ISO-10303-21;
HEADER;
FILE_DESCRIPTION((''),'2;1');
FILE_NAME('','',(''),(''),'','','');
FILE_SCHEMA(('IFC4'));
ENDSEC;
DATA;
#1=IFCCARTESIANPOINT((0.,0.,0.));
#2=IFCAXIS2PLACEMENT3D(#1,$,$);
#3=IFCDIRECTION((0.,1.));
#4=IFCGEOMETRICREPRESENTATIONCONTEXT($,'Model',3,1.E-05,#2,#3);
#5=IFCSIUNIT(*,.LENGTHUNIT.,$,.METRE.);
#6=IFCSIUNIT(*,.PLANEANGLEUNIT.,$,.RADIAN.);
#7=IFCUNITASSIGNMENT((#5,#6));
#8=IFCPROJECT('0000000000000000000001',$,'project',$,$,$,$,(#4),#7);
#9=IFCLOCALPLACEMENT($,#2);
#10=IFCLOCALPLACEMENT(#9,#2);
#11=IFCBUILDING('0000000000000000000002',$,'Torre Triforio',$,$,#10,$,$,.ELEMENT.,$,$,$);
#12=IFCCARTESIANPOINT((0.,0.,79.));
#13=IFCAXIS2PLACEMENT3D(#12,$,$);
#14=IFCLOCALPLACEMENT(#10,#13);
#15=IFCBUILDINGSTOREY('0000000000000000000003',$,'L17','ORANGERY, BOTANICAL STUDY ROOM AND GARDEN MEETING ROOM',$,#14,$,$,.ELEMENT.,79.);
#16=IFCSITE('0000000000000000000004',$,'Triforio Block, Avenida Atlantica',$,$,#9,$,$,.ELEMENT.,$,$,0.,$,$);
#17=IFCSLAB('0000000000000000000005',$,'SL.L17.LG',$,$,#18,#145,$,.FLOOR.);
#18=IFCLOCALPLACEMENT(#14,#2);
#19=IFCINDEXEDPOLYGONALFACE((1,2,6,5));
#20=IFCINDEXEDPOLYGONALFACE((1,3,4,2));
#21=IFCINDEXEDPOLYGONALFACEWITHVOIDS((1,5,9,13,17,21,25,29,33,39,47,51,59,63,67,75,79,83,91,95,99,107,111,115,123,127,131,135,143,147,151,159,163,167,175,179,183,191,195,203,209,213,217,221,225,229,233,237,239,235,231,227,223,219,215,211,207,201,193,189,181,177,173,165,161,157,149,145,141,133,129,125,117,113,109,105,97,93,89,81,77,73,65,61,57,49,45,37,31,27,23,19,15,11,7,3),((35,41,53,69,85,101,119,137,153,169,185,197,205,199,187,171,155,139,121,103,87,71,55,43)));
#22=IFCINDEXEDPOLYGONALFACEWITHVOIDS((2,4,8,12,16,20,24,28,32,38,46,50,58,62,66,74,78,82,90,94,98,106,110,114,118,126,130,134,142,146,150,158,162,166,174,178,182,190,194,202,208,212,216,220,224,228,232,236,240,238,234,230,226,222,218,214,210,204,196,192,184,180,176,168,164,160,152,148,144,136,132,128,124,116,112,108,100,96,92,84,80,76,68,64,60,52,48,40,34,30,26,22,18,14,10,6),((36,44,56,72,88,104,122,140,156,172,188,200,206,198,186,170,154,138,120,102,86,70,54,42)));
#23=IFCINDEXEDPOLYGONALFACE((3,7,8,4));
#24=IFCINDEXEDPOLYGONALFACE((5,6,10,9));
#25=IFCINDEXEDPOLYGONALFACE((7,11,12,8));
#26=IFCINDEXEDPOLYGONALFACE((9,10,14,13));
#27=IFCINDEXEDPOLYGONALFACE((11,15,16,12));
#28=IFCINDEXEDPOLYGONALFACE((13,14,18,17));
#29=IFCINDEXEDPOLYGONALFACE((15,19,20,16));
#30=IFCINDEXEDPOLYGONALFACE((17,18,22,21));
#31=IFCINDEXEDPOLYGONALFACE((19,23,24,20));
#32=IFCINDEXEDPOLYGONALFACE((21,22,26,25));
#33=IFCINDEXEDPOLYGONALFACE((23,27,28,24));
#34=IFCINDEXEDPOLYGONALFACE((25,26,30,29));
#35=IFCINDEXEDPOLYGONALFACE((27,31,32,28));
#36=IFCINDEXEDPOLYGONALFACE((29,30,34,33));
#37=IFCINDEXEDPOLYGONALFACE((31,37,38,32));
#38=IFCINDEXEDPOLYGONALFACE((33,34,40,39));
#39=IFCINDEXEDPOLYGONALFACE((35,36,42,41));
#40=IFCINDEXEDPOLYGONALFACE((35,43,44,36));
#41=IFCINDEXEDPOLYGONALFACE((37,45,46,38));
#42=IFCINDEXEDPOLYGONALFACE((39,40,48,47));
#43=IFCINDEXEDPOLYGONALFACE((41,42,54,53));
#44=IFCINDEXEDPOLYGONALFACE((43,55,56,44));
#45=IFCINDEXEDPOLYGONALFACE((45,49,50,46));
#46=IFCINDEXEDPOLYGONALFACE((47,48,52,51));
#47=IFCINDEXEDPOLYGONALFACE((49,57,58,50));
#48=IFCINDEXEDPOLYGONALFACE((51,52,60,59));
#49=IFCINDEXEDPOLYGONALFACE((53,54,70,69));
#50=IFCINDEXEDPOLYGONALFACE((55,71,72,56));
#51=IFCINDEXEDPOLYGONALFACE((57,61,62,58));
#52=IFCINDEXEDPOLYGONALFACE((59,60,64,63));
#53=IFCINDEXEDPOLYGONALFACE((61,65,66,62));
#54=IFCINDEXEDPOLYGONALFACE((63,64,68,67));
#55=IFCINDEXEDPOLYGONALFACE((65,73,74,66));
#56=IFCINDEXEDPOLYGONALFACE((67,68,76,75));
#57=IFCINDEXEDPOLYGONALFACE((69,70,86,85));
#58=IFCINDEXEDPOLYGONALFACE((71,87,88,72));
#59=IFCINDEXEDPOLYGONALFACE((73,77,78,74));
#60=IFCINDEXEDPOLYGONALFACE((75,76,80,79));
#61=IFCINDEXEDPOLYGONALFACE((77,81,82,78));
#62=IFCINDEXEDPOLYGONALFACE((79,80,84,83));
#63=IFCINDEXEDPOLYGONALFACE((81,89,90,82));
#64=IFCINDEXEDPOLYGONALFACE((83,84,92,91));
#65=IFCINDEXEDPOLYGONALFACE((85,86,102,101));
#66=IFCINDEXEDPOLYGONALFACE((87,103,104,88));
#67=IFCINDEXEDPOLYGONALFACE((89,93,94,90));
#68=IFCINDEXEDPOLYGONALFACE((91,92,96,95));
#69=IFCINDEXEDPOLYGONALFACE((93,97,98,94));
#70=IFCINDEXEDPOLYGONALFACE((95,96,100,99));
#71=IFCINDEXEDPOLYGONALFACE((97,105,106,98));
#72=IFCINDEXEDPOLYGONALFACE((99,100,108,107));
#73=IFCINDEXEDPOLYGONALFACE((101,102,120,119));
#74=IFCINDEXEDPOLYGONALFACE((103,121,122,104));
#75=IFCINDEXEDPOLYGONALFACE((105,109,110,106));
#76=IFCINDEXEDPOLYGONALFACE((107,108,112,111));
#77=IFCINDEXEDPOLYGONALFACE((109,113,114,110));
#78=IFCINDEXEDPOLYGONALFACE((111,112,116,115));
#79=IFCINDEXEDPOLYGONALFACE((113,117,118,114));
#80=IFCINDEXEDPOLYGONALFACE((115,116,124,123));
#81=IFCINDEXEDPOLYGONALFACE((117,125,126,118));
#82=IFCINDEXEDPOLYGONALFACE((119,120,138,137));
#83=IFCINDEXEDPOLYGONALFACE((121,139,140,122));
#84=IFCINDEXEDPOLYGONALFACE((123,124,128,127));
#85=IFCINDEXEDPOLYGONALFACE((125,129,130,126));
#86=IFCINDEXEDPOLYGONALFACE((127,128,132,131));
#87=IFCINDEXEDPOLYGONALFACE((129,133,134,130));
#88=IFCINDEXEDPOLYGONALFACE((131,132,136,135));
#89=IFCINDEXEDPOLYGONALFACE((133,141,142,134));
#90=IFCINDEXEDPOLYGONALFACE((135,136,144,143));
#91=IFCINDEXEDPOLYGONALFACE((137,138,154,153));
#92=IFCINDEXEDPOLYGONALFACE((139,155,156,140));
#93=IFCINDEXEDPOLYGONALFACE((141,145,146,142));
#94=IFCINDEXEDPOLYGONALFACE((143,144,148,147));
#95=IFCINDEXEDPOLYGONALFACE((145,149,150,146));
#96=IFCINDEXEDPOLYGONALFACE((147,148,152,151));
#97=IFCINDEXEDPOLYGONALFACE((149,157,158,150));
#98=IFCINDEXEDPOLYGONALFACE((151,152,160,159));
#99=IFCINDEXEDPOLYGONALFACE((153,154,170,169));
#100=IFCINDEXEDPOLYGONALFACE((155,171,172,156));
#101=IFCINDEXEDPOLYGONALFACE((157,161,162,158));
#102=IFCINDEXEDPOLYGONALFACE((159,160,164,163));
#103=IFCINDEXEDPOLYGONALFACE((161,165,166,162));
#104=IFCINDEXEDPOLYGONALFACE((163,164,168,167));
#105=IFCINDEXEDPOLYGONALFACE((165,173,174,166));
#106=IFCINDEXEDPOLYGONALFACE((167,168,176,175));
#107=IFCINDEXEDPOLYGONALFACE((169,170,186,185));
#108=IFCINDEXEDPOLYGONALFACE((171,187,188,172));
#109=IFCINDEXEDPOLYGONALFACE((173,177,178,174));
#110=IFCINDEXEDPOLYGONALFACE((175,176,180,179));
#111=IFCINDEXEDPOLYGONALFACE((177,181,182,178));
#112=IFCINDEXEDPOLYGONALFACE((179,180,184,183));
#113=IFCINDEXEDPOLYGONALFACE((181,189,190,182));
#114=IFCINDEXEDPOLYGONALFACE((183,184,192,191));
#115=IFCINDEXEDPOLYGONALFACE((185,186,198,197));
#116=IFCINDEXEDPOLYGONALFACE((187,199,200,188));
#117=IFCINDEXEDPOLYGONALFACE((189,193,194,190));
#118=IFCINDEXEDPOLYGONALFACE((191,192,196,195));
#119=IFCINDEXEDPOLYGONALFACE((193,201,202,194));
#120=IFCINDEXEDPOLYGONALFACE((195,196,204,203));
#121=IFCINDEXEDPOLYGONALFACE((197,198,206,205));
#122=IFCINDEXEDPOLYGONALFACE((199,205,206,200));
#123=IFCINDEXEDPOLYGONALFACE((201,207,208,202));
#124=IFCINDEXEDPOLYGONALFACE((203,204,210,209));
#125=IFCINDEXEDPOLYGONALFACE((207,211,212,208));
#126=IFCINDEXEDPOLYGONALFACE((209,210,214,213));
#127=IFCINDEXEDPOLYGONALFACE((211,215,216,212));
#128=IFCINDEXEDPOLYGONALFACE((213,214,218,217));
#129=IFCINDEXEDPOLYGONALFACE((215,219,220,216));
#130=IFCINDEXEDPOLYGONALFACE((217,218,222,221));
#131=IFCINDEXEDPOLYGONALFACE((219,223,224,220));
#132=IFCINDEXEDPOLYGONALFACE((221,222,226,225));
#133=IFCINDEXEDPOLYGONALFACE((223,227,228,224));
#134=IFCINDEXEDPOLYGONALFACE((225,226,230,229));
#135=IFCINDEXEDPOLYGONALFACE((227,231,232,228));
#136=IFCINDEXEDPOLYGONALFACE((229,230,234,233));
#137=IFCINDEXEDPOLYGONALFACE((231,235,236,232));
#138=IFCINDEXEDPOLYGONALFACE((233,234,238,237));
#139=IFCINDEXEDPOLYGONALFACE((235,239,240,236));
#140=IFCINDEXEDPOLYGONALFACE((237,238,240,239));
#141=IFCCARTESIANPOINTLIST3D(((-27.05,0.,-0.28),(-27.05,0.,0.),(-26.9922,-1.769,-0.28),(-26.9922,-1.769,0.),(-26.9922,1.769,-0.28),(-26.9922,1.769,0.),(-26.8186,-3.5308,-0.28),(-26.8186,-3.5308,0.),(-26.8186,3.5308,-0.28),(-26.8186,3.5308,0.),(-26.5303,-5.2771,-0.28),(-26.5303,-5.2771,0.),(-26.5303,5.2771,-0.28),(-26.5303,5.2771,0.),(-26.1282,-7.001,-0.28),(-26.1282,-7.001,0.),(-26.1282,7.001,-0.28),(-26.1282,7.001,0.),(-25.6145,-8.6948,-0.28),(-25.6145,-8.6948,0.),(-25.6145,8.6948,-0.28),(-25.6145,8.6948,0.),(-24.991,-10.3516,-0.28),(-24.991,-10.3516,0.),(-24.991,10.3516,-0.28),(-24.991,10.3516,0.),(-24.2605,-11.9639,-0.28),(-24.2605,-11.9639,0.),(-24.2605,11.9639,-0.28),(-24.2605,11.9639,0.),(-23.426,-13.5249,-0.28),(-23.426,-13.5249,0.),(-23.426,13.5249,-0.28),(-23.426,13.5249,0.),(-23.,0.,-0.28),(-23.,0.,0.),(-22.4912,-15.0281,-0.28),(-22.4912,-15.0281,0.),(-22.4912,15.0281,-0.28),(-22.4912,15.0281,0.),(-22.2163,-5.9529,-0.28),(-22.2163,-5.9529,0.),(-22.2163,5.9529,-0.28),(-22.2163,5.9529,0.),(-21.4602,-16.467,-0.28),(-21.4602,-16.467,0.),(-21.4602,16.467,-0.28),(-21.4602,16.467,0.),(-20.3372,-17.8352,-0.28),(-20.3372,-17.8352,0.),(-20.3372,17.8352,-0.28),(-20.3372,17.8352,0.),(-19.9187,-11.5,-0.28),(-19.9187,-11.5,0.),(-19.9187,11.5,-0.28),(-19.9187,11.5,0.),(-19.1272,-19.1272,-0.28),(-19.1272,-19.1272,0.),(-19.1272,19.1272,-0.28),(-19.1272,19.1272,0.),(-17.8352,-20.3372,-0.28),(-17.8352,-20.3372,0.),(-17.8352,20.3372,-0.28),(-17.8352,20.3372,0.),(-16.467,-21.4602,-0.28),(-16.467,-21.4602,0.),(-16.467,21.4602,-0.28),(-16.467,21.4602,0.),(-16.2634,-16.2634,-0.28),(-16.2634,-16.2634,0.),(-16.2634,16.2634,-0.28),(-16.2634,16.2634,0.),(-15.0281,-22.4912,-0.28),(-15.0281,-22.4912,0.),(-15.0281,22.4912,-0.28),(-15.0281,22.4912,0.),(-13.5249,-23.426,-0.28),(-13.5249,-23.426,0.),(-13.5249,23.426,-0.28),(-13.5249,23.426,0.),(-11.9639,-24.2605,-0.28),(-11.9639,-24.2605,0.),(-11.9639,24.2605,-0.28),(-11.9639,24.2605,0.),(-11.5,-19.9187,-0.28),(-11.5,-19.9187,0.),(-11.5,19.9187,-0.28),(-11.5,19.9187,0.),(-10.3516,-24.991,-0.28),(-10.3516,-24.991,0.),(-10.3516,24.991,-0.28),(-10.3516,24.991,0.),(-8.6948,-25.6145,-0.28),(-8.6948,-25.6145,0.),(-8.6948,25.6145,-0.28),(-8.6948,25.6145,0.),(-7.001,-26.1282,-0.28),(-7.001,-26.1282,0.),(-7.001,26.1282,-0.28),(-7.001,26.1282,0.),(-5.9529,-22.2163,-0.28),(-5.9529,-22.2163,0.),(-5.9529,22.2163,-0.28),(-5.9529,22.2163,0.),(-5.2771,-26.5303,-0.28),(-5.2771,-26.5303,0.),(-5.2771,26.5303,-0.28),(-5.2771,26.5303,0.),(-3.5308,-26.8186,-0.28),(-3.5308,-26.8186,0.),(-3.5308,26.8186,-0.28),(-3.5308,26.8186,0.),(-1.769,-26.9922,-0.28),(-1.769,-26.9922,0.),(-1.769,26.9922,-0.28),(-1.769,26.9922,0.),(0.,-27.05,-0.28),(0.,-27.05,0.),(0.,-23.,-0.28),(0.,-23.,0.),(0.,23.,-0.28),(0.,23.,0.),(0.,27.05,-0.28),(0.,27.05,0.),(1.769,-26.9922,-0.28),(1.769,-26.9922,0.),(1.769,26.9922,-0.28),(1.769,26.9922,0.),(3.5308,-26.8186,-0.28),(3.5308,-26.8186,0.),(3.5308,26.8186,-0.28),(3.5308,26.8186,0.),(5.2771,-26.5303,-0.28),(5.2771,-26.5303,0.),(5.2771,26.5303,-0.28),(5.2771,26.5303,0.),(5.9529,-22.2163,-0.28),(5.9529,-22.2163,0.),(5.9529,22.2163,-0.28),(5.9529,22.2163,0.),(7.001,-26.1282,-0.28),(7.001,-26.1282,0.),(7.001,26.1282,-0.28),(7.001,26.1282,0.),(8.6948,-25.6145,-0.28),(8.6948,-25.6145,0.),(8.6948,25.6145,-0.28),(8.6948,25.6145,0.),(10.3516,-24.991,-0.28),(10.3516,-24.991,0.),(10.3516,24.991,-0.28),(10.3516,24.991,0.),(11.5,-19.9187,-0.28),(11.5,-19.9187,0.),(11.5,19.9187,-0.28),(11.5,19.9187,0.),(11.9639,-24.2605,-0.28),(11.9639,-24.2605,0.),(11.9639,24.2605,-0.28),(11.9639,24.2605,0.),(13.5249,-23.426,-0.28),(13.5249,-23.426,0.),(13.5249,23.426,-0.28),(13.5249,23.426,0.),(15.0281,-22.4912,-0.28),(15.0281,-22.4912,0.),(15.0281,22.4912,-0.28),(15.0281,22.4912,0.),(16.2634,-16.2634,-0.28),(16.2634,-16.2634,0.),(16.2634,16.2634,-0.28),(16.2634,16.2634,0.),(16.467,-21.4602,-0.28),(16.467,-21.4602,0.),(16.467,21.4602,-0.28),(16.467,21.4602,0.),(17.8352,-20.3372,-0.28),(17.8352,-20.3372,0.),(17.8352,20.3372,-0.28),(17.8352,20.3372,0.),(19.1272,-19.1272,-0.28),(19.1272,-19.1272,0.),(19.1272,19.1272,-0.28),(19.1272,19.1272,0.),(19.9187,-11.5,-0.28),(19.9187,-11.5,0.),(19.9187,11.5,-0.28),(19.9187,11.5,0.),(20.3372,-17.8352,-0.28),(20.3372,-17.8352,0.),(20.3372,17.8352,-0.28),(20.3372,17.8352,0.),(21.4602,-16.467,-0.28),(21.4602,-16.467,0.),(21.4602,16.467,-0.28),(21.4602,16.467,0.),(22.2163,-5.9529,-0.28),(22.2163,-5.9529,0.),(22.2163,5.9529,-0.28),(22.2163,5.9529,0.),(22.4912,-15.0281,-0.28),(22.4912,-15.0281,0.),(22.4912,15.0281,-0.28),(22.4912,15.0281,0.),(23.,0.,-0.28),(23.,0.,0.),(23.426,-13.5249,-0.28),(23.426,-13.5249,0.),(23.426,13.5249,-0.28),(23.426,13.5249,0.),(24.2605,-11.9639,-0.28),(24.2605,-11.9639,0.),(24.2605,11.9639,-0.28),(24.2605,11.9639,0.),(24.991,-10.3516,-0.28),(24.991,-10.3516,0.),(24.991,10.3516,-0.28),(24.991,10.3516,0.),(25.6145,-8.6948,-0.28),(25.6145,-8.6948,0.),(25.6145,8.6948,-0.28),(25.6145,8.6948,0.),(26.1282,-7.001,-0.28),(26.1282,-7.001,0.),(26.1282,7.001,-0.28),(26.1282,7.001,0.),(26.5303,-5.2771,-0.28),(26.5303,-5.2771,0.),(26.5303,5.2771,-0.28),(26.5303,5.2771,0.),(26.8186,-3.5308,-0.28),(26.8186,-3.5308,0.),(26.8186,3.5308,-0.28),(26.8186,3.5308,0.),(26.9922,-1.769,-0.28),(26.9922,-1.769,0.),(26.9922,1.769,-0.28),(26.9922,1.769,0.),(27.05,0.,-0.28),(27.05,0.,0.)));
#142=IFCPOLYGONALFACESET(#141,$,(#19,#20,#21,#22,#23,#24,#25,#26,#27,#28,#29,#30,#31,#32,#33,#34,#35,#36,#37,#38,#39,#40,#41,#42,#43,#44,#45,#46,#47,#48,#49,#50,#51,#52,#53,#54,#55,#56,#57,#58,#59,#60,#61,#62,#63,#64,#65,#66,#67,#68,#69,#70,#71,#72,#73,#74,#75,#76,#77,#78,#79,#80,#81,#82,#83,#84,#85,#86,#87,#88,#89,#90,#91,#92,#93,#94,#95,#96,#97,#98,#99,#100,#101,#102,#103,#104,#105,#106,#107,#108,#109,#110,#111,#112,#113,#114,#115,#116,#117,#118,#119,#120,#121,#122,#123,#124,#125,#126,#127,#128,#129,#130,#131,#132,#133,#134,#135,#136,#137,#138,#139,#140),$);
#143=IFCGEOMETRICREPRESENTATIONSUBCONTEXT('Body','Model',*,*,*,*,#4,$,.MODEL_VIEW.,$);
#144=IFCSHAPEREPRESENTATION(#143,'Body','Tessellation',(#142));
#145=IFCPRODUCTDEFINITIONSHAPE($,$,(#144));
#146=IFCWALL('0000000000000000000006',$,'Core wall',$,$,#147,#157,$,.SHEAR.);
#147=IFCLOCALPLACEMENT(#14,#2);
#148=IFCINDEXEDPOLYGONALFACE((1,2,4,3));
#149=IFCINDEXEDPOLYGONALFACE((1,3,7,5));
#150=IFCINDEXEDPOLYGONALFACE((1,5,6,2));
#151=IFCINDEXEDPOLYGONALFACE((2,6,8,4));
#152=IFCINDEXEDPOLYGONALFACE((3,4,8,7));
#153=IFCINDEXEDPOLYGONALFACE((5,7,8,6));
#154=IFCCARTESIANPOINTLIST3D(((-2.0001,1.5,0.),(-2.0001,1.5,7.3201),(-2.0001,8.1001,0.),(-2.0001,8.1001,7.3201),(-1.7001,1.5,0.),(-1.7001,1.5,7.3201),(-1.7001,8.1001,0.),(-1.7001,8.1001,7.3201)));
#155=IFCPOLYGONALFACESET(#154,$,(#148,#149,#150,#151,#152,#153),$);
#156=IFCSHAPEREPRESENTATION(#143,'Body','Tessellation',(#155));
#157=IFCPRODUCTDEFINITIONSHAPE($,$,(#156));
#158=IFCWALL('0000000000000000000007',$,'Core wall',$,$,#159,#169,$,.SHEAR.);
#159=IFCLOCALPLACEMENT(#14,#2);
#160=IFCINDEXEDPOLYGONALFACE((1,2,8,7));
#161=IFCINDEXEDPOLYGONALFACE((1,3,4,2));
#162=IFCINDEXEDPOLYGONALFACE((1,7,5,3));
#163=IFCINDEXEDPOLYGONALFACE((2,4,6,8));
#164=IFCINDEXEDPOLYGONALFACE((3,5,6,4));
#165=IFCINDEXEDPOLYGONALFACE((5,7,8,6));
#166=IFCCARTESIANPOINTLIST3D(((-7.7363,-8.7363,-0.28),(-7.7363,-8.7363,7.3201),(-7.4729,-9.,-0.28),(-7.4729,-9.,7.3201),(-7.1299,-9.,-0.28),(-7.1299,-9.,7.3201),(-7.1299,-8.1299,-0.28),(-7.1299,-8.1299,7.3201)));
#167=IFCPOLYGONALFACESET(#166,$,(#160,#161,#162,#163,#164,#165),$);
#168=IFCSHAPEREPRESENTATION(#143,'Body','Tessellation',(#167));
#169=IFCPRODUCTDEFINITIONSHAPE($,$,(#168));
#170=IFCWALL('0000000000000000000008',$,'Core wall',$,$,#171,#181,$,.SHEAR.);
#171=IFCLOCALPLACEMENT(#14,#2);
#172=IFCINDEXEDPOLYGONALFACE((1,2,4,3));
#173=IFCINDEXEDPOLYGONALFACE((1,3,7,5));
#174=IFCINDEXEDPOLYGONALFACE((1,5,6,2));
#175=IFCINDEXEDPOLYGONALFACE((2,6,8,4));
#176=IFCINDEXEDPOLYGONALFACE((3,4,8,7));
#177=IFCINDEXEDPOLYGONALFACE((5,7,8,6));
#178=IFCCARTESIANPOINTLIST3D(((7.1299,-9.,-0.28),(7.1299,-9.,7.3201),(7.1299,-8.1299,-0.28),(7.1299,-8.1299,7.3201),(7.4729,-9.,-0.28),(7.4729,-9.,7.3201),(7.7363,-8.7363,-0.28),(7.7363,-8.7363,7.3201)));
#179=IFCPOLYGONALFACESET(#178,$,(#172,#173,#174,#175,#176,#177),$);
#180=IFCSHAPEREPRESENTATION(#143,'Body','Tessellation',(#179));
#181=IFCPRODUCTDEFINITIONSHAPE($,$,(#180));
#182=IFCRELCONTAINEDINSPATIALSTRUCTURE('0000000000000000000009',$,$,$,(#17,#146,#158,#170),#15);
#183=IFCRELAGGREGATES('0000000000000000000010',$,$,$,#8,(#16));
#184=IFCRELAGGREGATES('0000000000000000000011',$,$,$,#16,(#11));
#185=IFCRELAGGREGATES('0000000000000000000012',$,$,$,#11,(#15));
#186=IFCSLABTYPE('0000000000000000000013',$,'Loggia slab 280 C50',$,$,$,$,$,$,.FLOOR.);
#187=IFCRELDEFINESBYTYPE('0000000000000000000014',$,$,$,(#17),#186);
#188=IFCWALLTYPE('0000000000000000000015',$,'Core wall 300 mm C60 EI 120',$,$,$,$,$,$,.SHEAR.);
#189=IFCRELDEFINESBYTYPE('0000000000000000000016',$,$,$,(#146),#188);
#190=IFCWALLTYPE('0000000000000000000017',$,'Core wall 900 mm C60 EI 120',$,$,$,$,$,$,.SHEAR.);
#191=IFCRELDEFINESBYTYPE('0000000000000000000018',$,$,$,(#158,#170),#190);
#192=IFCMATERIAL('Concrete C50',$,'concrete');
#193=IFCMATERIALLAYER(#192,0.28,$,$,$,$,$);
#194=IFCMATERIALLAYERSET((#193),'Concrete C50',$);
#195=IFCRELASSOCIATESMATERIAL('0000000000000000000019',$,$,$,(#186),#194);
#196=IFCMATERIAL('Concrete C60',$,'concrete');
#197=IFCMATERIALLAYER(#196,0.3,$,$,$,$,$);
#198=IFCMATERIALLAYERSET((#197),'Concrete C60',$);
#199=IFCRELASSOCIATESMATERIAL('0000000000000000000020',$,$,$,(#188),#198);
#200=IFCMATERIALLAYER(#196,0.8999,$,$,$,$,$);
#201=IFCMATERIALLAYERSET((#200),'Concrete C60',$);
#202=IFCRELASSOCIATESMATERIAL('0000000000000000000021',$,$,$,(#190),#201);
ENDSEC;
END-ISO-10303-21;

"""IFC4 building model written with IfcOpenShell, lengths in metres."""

from ifc_helpers import new_model, si_unit, direction, frame, frame_2d, origin, place, context, subcontext, project, spatial, polyline, rectangle, outline, extrude, material, layer, layer_set, type_object, element, save


model = new_model("IFC4")

# Units and contexts
model_context = context("Model", 3, precision=1e-05, world=origin(), true_north=direction((0.0, 1.0)))
body_context = subcontext(model_context, "Body", "Model", "MODEL_VIEW")
ifc_project = project(units=[si_unit("LENGTHUNIT", "METRE"), si_unit("PLANEANGLEUNIT", "RADIAN")], contexts=[model_context])

# Site, building, storey
site_placement = place(None, origin())
site = spatial("IfcSite", under=ifc_project, at=site_placement, Name="Triforio Block, Avenida Atlantica", CompositionType="ELEMENT", RefElevation=0.0)
building_placement = place(site_placement, origin())
building = spatial("IfcBuilding", under=site, at=building_placement, Name="Torre Triforio", CompositionType="ELEMENT")
storey_placement = place(building_placement, frame((0.0, 0.0, 79.0)))
storey = spatial("IfcBuildingStorey", under=building, at=storey_placement, Name="L17", Description="ORANGERY, BOTANICAL STUDY ROOM AND GARDEN MEETING ROOM", CompositionType="ELEMENT", Elevation=79.0)

# Slab
ifc_material_1 = material(Name="Concrete C50", Category="concrete")
ifc_layer_1 = layer(ifc_material_1, 0.28)
ifc_layer_set_1 = layer_set([ifc_layer_1], Name="Concrete C50")
slab_type_1 = type_object("IfcSlabType", Name="Loggia slab 280 C50", PredefinedType="FLOOR", material=ifc_layer_set_1)
slab_1_placement = place(storey_placement, frame((0.0, 0.0, -0.28)))
element("IfcSlab", 1, at=slab_1_placement, inside=storey, type_object=slab_type_1, Name="SL.L17.LG", PredefinedType="FLOOR", context=body_context, shape_type="SweptSolid", body=[
    extrude(outline(polyline([(26.9922, -1.769), (27.05, 0.0), (26.9922, 1.769), (26.8186, 3.5308), (26.5303, 5.2771), (26.1282, 7.001), (25.6145, 8.6948), (24.991, 10.3516), (24.2605, 11.9639), (23.426, 13.5249), (22.4912, 15.0281), (21.4602, 16.467), (20.3372, 17.8352), (19.1272, 19.1272), (17.8352, 20.3372), (16.467, 21.4602), (15.0281, 22.4912), (13.5249, 23.426), (11.9639, 24.2605), (10.3516, 24.991), (8.6948, 25.6145), (7.001, 26.1282), (5.2771, 26.5303), (3.5308, 26.8186), (1.769, 26.9922), (0.0, 27.05), (-1.769, 26.9922), (-3.5308, 26.8186), (-5.2771, 26.5303), (-7.001, 26.1282), (-8.6948, 25.6145), (-10.3516, 24.991), (-11.9639, 24.2605), (-13.5249, 23.426), (-15.0281, 22.4912), (-16.467, 21.4602), (-17.8352, 20.3372), (-19.1272, 19.1272), (-20.3372, 17.8352), (-21.4602, 16.467), (-22.4912, 15.0281), (-23.426, 13.5249), (-24.2605, 11.9639), (-24.991, 10.3516), (-25.6145, 8.6948), (-26.1282, 7.001), (-26.5303, 5.2771), (-26.8186, 3.5308), (-26.9922, 1.769), (-27.05, 0.0), (-26.9922, -1.769), (-26.8186, -3.5308), (-26.5303, -5.2771), (-26.1282, -7.001), (-25.6145, -8.6948), (-24.991, -10.3516), (-24.2605, -11.9639), (-23.426, -13.5249), (-22.4912, -15.0281), (-21.4602, -16.467), (-20.3372, -17.8352), (-19.1272, -19.1272), (-17.8352, -20.3372), (-16.467, -21.4602), (-15.0281, -22.4912), (-13.5249, -23.426), (-11.9639, -24.2605), (-10.3516, -24.991), (-8.6948, -25.6145), (-7.001, -26.1282), (-5.2771, -26.5303), (-3.5308, -26.8186), (-1.769, -26.9922), (0.0, -27.05), (1.769, -26.9922), (3.5308, -26.8186), (5.2771, -26.5303), (7.001, -26.1282), (8.6948, -25.6145), (10.3516, -24.991), (11.9639, -24.2605), (13.5249, -23.426), (15.0281, -22.4912), (16.467, -21.4602), (17.8352, -20.3372), (19.1272, -19.1272), (20.3372, -17.8352), (21.4602, -16.467), (22.4912, -15.0281), (23.426, -13.5249), (24.2605, -11.9639), (24.991, -10.3516), (25.6145, -8.6948), (26.1282, -7.001), (26.5303, -5.2771), (26.8186, -3.5308), (26.9922, -1.769)]), holes=[polyline([(22.2163, 5.9529), (23.0, 0.0), (22.2163, -5.9529), (19.9187, -11.5), (16.2634, -16.2634), (11.5, -19.9187), (5.9529, -22.2163), (0.0, -23.0), (-5.9529, -22.2163), (-11.5, -19.9187), (-16.2634, -16.2634), (-19.9187, -11.5), (-22.2163, -5.9529), (-23.0, 0.0), (-22.2163, 5.9529), (-19.9187, 11.5), (-16.2634, 16.2634), (-11.5, 19.9187), (-5.9529, 22.2163), (0.0, 23.0), (5.9529, 22.2163), (11.5, 19.9187), (16.2634, 16.2634), (19.9187, 11.5), (22.2163, 5.9529)])]), origin(), (0.0, 0.0, 1.0), 0.28),
])

# Walls
ifc_material_2 = material(Name="Concrete C60", Category="concrete")
ifc_layer_2 = layer(ifc_material_2, 0.3)
ifc_layer_set_2 = layer_set([ifc_layer_2], Name="Concrete C60")
wall_type_1 = type_object("IfcWallType", Name="Core wall 300 mm C60 EI 120", PredefinedType="SHEAR", material=ifc_layer_set_2)
wall_1_placement = place(storey_placement, frame((-1.8501, 1.5, 0.0), z_axis=(0.0, 0.0, 1.0), x_axis=(0.0, 1.0, 0.0)))
element("IfcWall", 2, at=wall_1_placement, inside=storey, type_object=wall_type_1, Name="Core wall", PredefinedType="SHEAR", context=body_context, shape_type="SweptSolid", body=[
    extrude(rectangle(XDim=6.6001, YDim=0.3, at=frame_2d((3.3, 0.0))), origin(), (0.0, 0.0, 1.0), 7.3201),
])
ifc_layer_3 = layer(ifc_material_2, 0.8999)
ifc_layer_set_3 = layer_set([ifc_layer_3], Name="Concrete C60")
wall_type_2 = type_object("IfcWallType", Name="Core wall 900 mm C60 EI 120", PredefinedType="SHEAR", material=ifc_layer_set_3)
wall_2_placement = place(storey_placement, frame((0.0, 0.0, -0.28)))
element("IfcWall", 3, at=wall_2_placement, inside=storey, type_object=wall_type_2, Name="Core wall", PredefinedType="SHEAR", context=body_context, shape_type="SweptSolid", body=[
    extrude(outline(polyline([(-7.4729, -9.0), (-7.7363, -8.7363), (-7.1299, -8.1299), (-7.1299, -9.0), (-7.4729, -9.0)])), origin(), (0.0, 0.0, 1.0), 7.6001),
])
wall_3_placement = place(storey_placement, frame((0.0, 0.0, -0.28)))
element("IfcWall", 4, at=wall_3_placement, inside=storey, type_object=wall_type_2, Name="Core wall", PredefinedType="SHEAR", context=body_context, shape_type="SweptSolid", body=[
    extrude(outline(polyline([(7.4729, -9.0), (7.1299, -9.0), (7.1299, -8.1299), (7.7363, -8.7363), (7.4729, -9.0)])), origin(), (0.0, 0.0, 1.0), 7.6001),
])

save(model, "model.ifc")
